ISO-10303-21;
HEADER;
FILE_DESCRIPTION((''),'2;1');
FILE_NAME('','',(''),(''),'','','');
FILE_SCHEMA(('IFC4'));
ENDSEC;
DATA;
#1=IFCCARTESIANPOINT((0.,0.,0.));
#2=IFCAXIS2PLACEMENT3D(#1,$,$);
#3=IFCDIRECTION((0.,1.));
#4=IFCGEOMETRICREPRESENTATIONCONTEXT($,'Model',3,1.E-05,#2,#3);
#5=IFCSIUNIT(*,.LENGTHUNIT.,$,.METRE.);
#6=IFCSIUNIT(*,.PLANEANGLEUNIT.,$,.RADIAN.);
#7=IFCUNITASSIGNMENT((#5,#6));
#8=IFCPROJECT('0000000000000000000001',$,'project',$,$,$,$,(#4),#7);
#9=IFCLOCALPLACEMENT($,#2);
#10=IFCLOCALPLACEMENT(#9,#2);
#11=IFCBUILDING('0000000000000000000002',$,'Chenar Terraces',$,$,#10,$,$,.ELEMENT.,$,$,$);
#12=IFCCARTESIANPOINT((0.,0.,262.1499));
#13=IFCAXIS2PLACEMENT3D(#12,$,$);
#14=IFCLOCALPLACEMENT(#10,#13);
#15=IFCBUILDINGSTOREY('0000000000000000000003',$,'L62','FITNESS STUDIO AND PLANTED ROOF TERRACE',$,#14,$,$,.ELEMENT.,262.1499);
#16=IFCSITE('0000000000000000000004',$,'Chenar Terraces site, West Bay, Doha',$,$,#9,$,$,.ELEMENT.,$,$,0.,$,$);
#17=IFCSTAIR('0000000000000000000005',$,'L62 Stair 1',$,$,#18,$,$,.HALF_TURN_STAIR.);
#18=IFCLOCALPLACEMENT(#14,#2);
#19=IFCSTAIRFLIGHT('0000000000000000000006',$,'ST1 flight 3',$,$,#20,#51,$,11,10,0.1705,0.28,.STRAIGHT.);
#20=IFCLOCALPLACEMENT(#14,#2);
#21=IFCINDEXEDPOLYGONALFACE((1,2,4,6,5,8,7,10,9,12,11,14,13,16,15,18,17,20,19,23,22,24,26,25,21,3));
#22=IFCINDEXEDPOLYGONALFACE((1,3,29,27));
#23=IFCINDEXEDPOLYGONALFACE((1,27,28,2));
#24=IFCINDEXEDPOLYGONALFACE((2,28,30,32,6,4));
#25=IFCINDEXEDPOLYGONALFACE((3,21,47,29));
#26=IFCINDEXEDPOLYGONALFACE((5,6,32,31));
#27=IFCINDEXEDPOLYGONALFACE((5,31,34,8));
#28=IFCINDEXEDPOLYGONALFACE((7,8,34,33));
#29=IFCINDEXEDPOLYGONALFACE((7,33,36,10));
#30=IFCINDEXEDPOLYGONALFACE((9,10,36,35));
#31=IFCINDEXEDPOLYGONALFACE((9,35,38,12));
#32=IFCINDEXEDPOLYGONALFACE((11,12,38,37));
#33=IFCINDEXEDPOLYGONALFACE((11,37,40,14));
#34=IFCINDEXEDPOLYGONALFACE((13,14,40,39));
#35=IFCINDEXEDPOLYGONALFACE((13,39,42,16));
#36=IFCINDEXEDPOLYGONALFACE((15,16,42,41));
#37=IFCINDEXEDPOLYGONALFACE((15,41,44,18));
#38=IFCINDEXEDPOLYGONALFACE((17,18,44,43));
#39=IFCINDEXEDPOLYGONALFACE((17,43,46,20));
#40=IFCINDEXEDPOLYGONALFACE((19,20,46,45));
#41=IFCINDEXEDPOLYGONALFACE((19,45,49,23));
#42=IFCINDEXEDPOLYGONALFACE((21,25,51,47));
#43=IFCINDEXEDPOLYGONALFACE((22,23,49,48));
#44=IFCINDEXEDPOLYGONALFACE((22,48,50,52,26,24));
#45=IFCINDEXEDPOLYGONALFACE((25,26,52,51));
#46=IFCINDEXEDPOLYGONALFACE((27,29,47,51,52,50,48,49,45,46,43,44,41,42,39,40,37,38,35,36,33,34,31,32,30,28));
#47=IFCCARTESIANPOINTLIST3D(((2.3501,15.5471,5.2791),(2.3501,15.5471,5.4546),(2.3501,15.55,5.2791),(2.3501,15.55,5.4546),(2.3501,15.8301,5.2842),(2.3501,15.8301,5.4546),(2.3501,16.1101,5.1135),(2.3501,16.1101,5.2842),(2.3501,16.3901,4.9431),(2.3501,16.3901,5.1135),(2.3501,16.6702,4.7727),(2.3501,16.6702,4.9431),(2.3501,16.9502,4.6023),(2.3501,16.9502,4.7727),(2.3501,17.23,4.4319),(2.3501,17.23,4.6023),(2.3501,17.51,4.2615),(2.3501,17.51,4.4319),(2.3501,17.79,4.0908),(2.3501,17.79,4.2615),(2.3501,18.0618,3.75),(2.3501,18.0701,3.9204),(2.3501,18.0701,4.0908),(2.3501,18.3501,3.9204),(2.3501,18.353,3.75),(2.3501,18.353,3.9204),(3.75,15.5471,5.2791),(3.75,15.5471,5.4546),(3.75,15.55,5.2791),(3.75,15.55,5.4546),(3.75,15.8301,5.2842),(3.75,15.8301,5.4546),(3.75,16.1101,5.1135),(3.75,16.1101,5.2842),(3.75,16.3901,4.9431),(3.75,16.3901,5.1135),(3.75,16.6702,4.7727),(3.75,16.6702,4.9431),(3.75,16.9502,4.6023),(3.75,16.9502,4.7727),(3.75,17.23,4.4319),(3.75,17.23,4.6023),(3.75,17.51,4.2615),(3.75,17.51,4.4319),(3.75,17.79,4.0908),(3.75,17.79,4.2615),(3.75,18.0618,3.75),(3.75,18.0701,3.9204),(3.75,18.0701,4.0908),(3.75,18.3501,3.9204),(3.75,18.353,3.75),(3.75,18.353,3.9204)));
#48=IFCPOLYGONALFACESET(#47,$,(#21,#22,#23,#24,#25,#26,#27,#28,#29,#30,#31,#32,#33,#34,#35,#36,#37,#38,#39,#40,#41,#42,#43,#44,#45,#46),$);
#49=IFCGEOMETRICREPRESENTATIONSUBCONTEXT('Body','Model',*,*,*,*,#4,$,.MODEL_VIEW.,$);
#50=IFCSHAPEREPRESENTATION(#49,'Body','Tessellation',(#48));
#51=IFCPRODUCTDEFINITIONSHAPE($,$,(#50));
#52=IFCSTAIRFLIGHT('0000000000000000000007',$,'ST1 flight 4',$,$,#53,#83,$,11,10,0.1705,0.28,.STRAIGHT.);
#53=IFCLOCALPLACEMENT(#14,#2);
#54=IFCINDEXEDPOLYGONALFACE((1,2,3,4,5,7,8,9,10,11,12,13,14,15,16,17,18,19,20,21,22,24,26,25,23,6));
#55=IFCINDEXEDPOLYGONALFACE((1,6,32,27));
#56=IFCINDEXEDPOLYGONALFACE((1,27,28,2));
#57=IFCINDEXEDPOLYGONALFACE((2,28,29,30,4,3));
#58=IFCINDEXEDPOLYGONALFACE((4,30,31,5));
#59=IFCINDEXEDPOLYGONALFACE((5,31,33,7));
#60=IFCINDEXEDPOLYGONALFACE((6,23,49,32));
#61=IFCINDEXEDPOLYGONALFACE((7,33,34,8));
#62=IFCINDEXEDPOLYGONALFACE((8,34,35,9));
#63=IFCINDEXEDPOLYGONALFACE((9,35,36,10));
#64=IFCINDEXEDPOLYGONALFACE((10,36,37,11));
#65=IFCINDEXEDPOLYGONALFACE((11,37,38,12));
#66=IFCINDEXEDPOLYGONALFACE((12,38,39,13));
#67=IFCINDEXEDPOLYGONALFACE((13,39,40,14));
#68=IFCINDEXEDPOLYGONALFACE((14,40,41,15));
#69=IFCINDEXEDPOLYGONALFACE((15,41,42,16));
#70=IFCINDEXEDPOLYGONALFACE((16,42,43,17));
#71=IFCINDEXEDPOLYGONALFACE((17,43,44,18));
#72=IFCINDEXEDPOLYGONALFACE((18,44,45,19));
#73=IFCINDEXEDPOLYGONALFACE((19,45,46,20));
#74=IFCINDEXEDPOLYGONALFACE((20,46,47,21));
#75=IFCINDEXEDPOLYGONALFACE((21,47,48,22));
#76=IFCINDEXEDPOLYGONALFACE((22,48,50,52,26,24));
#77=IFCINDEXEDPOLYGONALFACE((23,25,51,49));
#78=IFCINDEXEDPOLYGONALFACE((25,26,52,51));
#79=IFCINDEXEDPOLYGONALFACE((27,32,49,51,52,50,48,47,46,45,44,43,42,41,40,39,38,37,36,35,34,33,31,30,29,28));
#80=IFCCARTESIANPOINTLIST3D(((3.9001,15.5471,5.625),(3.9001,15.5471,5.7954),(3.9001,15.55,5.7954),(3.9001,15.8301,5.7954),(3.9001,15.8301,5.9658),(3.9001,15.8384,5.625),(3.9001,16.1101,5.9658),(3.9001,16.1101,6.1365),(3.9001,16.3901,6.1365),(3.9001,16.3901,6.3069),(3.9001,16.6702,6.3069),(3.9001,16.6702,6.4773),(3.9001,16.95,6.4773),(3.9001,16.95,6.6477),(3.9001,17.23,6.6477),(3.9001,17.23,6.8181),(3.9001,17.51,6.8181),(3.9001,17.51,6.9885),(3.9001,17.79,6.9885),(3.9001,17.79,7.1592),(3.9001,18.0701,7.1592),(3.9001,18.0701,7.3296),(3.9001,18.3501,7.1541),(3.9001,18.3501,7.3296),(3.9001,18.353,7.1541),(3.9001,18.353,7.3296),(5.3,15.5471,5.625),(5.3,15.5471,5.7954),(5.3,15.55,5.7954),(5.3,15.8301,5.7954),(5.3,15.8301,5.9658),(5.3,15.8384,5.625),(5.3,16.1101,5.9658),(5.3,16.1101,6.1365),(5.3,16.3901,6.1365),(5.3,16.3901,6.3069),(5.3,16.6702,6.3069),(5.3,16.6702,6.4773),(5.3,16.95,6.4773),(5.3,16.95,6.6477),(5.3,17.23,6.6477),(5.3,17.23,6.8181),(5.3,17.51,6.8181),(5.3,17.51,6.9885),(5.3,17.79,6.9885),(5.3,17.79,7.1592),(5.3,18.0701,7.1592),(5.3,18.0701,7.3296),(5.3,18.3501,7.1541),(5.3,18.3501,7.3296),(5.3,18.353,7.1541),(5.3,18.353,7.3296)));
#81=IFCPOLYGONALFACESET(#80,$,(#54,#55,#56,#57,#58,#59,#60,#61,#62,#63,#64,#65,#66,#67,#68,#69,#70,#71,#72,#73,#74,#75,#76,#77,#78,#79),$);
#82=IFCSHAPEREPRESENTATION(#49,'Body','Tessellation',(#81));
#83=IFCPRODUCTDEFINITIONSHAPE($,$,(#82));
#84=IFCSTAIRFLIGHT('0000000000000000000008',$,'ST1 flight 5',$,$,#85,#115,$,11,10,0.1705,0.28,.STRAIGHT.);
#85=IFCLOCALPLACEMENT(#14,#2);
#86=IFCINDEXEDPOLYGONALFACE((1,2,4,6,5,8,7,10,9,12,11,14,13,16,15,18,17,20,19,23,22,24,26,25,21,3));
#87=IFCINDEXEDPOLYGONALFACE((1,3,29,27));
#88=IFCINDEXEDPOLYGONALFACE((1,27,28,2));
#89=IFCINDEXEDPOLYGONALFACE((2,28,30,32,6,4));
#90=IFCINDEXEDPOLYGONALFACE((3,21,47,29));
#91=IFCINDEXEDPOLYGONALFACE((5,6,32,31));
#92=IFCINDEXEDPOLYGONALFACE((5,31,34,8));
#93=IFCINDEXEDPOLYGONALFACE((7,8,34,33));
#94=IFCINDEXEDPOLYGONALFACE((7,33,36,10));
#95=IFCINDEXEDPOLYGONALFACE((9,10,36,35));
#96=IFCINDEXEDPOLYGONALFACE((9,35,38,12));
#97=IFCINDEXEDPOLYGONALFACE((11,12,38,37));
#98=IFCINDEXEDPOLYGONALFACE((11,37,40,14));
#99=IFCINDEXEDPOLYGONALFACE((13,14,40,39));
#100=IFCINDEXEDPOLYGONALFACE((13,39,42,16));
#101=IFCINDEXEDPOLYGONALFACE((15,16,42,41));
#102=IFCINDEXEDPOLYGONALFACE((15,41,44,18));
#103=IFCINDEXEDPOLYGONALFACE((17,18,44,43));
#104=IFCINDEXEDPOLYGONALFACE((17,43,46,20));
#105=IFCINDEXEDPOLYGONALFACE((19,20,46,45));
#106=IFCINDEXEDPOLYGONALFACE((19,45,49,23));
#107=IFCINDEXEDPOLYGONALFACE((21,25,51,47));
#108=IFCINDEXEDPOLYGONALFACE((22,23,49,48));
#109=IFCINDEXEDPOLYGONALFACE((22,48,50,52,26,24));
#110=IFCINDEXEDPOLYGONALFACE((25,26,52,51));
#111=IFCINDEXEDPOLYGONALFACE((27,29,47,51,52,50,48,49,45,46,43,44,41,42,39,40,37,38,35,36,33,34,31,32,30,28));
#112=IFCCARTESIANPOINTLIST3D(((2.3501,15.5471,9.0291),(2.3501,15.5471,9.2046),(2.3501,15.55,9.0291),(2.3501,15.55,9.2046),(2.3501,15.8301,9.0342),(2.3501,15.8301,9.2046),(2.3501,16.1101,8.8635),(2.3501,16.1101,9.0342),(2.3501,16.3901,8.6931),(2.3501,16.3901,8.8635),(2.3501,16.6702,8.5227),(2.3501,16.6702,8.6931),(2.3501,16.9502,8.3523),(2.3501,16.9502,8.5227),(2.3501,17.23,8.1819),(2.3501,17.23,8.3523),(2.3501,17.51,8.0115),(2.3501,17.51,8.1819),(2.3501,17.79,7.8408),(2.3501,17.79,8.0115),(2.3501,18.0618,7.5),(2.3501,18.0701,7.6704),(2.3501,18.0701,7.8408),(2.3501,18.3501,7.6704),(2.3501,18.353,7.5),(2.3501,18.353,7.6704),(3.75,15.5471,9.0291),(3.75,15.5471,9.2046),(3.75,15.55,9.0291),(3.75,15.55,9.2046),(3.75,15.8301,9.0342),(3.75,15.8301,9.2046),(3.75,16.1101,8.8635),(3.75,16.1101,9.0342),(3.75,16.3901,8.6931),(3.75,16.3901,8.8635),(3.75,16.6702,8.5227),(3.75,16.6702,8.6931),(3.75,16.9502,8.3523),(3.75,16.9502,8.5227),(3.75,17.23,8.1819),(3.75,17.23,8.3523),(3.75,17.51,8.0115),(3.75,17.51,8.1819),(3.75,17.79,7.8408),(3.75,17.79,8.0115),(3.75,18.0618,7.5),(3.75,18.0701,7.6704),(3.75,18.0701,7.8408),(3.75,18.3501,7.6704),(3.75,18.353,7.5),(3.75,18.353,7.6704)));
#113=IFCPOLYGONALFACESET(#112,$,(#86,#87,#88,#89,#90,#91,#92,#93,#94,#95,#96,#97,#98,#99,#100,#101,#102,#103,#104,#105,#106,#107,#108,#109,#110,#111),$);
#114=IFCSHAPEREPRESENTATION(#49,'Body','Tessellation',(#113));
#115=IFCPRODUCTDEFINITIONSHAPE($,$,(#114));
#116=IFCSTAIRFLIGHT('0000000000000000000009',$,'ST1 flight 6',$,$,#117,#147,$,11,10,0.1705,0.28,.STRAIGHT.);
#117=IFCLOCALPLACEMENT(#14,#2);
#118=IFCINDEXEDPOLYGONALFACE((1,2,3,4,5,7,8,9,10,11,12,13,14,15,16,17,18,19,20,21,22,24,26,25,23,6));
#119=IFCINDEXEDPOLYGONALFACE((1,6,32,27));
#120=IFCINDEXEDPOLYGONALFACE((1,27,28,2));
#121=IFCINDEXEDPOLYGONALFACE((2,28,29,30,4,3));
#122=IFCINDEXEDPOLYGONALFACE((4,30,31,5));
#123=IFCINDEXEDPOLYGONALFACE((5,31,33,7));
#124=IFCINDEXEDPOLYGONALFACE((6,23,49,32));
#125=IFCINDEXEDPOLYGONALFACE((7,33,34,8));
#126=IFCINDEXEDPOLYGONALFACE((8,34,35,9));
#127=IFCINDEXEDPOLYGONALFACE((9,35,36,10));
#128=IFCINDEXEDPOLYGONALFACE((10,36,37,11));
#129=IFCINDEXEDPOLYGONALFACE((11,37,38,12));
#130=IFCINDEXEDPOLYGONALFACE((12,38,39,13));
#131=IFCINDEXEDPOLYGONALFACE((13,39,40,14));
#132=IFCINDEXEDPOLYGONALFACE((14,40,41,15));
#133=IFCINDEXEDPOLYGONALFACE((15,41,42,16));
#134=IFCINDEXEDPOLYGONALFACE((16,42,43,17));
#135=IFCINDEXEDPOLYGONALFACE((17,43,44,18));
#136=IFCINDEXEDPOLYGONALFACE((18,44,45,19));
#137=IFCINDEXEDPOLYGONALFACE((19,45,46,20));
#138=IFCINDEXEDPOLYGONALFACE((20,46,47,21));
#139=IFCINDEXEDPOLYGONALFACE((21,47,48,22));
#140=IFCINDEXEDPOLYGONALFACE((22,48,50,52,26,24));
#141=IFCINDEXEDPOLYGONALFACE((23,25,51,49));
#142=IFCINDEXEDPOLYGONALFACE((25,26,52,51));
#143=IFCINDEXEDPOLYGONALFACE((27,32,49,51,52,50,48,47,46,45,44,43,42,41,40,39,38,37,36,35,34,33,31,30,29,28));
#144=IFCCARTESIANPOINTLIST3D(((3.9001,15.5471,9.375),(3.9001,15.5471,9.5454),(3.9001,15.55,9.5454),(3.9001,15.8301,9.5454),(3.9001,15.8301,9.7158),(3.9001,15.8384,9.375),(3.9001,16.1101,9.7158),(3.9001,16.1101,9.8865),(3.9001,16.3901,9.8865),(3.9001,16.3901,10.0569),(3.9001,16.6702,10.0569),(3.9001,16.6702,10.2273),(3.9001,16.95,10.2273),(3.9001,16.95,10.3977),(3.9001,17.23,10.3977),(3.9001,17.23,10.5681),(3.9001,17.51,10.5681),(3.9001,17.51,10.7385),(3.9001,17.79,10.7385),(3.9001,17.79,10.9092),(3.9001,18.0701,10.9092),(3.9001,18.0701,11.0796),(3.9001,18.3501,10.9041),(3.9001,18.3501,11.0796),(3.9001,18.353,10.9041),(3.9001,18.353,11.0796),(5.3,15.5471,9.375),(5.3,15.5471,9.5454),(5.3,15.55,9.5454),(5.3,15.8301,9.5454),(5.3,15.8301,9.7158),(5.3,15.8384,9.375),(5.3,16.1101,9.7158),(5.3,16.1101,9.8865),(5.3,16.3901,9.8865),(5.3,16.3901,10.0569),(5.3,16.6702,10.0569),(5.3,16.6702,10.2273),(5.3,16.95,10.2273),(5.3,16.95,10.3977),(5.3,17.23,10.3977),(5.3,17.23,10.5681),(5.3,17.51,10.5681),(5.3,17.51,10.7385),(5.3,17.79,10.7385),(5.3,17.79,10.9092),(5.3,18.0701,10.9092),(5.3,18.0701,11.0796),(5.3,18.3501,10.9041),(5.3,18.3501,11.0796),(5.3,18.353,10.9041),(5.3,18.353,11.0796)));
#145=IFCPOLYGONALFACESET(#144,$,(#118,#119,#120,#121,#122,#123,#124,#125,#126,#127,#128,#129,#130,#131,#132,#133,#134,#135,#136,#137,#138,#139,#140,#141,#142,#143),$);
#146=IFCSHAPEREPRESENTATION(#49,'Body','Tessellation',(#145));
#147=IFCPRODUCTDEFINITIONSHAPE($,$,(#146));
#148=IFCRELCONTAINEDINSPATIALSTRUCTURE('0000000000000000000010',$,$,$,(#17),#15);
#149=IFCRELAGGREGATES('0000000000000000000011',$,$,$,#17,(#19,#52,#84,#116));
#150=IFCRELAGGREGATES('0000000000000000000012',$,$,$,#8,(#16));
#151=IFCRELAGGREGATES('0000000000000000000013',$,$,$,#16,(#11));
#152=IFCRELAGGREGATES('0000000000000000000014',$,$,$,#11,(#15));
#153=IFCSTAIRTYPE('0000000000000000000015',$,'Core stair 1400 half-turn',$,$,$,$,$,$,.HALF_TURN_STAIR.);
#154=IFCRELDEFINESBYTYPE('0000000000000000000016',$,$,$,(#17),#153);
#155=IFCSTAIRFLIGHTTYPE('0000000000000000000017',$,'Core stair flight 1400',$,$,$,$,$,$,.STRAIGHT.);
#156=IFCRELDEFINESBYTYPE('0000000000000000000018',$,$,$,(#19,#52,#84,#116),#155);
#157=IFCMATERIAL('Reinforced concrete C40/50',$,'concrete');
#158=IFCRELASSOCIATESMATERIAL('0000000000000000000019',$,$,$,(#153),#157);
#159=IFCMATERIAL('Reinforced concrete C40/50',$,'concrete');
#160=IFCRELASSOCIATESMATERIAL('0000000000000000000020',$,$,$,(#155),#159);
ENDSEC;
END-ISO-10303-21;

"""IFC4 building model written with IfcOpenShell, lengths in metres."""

from ifc_helpers import new_model, si_unit, direction, frame, origin, place, context, subcontext, project, spatial, polyline, outline, extrude, material, type_object, element, aggregate, save


model = new_model("IFC4")

# Units and contexts
model_context = context("Model", 3, precision=1e-05, world=origin(), true_north=direction((0.0, 1.0)))
body_context = subcontext(model_context, "Body", "Model", "MODEL_VIEW")
ifc_project = project(units=[si_unit("LENGTHUNIT", "METRE"), si_unit("PLANEANGLEUNIT", "RADIAN")], contexts=[model_context])

# Site, building, storey
site_placement = place(None, origin())
site = spatial("IfcSite", under=ifc_project, at=site_placement, Name="Chenar Terraces site, West Bay, Doha", CompositionType="ELEMENT", RefElevation=0.0)
building_placement = place(site_placement, origin())
building = spatial("IfcBuilding", under=site, at=building_placement, Name="Chenar Terraces", CompositionType="ELEMENT")
storey_placement = place(building_placement, frame((0.0, 0.0, 262.1499)))
storey = spatial("IfcBuildingStorey", under=building, at=storey_placement, Name="L62", Description="FITNESS STUDIO AND PLANTED ROOF TERRACE", CompositionType="ELEMENT", Elevation=262.1499)

# Stair, stair flights
ifc_material_1 = material(Name="Reinforced concrete C40/50", Category="concrete")
stair_type = type_object("IfcStairType", Name="Core stair 1400 half-turn", PredefinedType="HALF_TURN_STAIR", material=ifc_material_1)
stair_placement = place(storey_placement, origin())
stair = element("IfcStair", 1, at=stair_placement, inside=storey, type_object=stair_type, Name="L62 Stair 1", PredefinedType="HALF_TURN_STAIR")
ifc_material_2 = material(Name="Reinforced concrete C40/50", Category="concrete")
stair_flight_type = type_object("IfcStairFlightType", Name="Core stair flight 1400", PredefinedType="STRAIGHT", material=ifc_material_2)
stair_flight_1_placement = place(storey_placement, frame((3.05, 18.3501, 3.75), z_axis=(0.0, 0.0, 1.0), x_axis=(0.0, -1.0, 0.0)))
stair_flight_1 = element("IfcStairFlight", 2, at=stair_flight_1_placement, type_object=stair_flight_type, Name="ST1 flight 3", NumberOfRisers=11, NumberOfTreads=10, PredefinedType="STRAIGHT", RiserHeight=0.1705, TreadLength=0.28, context=body_context, shape_type="SweptSolid", body=[
    extrude(outline(polyline([(-0.0029, 0.0), (-0.0029, 0.1704), (0.0, 0.1704), (0.28, 0.1704), (0.28, 0.3408), (0.5601, 0.3408), (0.5601, 0.5115), (0.8401, 0.5115), (0.8401, 0.6819), (1.1201, 0.6819), (1.1201, 0.8523), (1.3999, 0.8523), (1.3999, 1.0227), (1.6799, 1.0227), (1.6799, 1.1931), (1.96, 1.1931), (1.96, 1.3635), (2.24, 1.3635), (2.24, 1.5342), (2.52, 1.5342), (2.52, 1.7046), (2.8, 1.7046), (2.803, 1.7046), (2.803, 1.5291), (2.8, 1.5291), (0.2883, 0.0), (-0.0029, 0.0)])), frame((0.0, 0.7, 0.0), z_axis=(0.0, -1.0, 0.0), x_axis=(1.0, 0.0, 0.0)), (0.0, 0.0, 1.0), 1.3999),
])
stair_flight_2_placement = place(storey_placement, frame((4.6001, 15.55, 5.625), z_axis=(0.0, 0.0, 1.0), x_axis=(0.0, 1.0, 0.0)))
stair_flight_2 = element("IfcStairFlight", 3, at=stair_flight_2_placement, type_object=stair_flight_type, Name="ST1 flight 4", NumberOfRisers=11, NumberOfTreads=10, PredefinedType="STRAIGHT", RiserHeight=0.1705, TreadLength=0.28, context=body_context, shape_type="SweptSolid", body=[
    extrude(outline(polyline([(-0.0029, 0.0), (-0.0029, 0.1704), (0.0, 0.1704), (0.28, 0.1704), (0.28, 0.3408), (0.5601, 0.3408), (0.5601, 0.5115), (0.8401, 0.5115), (0.8401, 0.6819), (1.1201, 0.6819), (1.1201, 0.8523), (1.3999, 0.8523), (1.3999, 1.0227), (1.6799, 1.0227), (1.6799, 1.1931), (1.96, 1.1931), (1.96, 1.3635), (2.24, 1.3635), (2.24, 1.5342), (2.52, 1.5342), (2.52, 1.7046), (2.8, 1.7046), (2.803, 1.7046), (2.803, 1.5291), (2.8, 1.5291), (0.2883, 0.0), (-0.0029, 0.0)])), frame((0.0, 0.7, 0.0), z_axis=(0.0, -1.0, 0.0), x_axis=(1.0, 0.0, 0.0)), (0.0, 0.0, 1.0), 1.3999),
])
stair_flight_3_placement = place(storey_placement, frame((3.05, 18.3501, 7.5), z_axis=(0.0, 0.0, 1.0), x_axis=(0.0, -1.0, 0.0)))
stair_flight_3 = element("IfcStairFlight", 4, at=stair_flight_3_placement, type_object=stair_flight_type, Name="ST1 flight 5", NumberOfRisers=11, NumberOfTreads=10, PredefinedType="STRAIGHT", RiserHeight=0.1705, TreadLength=0.28, context=body_context, shape_type="SweptSolid", body=[
    extrude(outline(polyline([(-0.0029, 0.0), (-0.0029, 0.1704), (0.0, 0.1704), (0.28, 0.1704), (0.28, 0.3408), (0.5601, 0.3408), (0.5601, 0.5115), (0.8401, 0.5115), (0.8401, 0.6819), (1.1201, 0.6819), (1.1201, 0.8523), (1.3999, 0.8523), (1.3999, 1.0227), (1.6799, 1.0227), (1.6799, 1.1931), (1.96, 1.1931), (1.96, 1.3635), (2.24, 1.3635), (2.24, 1.5342), (2.52, 1.5342), (2.52, 1.7046), (2.8, 1.7046), (2.803, 1.7046), (2.803, 1.5291), (2.8, 1.5291), (0.2883, 0.0), (-0.0029, 0.0)])), frame((0.0, 0.7, 0.0), z_axis=(0.0, -1.0, 0.0), x_axis=(1.0, 0.0, 0.0)), (0.0, 0.0, 1.0), 1.3999),
])
stair_flight_4_placement = place(storey_placement, frame((4.6001, 15.55, 9.375), z_axis=(0.0, 0.0, 1.0), x_axis=(0.0, 1.0, 0.0)))
stair_flight_4 = element("IfcStairFlight", 5, at=stair_flight_4_placement, type_object=stair_flight_type, Name="ST1 flight 6", NumberOfRisers=11, NumberOfTreads=10, PredefinedType="STRAIGHT", RiserHeight=0.1705, TreadLength=0.28, context=body_context, shape_type="SweptSolid", body=[
    extrude(outline(polyline([(-0.0029, 0.0), (-0.0029, 0.1704), (0.0, 0.1704), (0.28, 0.1704), (0.28, 0.3408), (0.5601, 0.3408), (0.5601, 0.5115), (0.8401, 0.5115), (0.8401, 0.6819), (1.1201, 0.6819), (1.1201, 0.8523), (1.3999, 0.8523), (1.3999, 1.0227), (1.6799, 1.0227), (1.6799, 1.1931), (1.96, 1.1931), (1.96, 1.3635), (2.24, 1.3635), (2.24, 1.5342), (2.52, 1.5342), (2.52, 1.7046), (2.8, 1.7046), (2.803, 1.7046), (2.803, 1.5291), (2.8, 1.5291), (0.2883, 0.0), (-0.0029, 0.0)])), frame((0.0, 0.7, 0.0), z_axis=(0.0, -1.0, 0.0), x_axis=(1.0, 0.0, 0.0)), (0.0, 0.0, 1.0), 1.3999),
])
aggregate(stair, [stair_flight_1, stair_flight_2, stair_flight_3, stair_flight_4])

save(model, "model.ifc")
